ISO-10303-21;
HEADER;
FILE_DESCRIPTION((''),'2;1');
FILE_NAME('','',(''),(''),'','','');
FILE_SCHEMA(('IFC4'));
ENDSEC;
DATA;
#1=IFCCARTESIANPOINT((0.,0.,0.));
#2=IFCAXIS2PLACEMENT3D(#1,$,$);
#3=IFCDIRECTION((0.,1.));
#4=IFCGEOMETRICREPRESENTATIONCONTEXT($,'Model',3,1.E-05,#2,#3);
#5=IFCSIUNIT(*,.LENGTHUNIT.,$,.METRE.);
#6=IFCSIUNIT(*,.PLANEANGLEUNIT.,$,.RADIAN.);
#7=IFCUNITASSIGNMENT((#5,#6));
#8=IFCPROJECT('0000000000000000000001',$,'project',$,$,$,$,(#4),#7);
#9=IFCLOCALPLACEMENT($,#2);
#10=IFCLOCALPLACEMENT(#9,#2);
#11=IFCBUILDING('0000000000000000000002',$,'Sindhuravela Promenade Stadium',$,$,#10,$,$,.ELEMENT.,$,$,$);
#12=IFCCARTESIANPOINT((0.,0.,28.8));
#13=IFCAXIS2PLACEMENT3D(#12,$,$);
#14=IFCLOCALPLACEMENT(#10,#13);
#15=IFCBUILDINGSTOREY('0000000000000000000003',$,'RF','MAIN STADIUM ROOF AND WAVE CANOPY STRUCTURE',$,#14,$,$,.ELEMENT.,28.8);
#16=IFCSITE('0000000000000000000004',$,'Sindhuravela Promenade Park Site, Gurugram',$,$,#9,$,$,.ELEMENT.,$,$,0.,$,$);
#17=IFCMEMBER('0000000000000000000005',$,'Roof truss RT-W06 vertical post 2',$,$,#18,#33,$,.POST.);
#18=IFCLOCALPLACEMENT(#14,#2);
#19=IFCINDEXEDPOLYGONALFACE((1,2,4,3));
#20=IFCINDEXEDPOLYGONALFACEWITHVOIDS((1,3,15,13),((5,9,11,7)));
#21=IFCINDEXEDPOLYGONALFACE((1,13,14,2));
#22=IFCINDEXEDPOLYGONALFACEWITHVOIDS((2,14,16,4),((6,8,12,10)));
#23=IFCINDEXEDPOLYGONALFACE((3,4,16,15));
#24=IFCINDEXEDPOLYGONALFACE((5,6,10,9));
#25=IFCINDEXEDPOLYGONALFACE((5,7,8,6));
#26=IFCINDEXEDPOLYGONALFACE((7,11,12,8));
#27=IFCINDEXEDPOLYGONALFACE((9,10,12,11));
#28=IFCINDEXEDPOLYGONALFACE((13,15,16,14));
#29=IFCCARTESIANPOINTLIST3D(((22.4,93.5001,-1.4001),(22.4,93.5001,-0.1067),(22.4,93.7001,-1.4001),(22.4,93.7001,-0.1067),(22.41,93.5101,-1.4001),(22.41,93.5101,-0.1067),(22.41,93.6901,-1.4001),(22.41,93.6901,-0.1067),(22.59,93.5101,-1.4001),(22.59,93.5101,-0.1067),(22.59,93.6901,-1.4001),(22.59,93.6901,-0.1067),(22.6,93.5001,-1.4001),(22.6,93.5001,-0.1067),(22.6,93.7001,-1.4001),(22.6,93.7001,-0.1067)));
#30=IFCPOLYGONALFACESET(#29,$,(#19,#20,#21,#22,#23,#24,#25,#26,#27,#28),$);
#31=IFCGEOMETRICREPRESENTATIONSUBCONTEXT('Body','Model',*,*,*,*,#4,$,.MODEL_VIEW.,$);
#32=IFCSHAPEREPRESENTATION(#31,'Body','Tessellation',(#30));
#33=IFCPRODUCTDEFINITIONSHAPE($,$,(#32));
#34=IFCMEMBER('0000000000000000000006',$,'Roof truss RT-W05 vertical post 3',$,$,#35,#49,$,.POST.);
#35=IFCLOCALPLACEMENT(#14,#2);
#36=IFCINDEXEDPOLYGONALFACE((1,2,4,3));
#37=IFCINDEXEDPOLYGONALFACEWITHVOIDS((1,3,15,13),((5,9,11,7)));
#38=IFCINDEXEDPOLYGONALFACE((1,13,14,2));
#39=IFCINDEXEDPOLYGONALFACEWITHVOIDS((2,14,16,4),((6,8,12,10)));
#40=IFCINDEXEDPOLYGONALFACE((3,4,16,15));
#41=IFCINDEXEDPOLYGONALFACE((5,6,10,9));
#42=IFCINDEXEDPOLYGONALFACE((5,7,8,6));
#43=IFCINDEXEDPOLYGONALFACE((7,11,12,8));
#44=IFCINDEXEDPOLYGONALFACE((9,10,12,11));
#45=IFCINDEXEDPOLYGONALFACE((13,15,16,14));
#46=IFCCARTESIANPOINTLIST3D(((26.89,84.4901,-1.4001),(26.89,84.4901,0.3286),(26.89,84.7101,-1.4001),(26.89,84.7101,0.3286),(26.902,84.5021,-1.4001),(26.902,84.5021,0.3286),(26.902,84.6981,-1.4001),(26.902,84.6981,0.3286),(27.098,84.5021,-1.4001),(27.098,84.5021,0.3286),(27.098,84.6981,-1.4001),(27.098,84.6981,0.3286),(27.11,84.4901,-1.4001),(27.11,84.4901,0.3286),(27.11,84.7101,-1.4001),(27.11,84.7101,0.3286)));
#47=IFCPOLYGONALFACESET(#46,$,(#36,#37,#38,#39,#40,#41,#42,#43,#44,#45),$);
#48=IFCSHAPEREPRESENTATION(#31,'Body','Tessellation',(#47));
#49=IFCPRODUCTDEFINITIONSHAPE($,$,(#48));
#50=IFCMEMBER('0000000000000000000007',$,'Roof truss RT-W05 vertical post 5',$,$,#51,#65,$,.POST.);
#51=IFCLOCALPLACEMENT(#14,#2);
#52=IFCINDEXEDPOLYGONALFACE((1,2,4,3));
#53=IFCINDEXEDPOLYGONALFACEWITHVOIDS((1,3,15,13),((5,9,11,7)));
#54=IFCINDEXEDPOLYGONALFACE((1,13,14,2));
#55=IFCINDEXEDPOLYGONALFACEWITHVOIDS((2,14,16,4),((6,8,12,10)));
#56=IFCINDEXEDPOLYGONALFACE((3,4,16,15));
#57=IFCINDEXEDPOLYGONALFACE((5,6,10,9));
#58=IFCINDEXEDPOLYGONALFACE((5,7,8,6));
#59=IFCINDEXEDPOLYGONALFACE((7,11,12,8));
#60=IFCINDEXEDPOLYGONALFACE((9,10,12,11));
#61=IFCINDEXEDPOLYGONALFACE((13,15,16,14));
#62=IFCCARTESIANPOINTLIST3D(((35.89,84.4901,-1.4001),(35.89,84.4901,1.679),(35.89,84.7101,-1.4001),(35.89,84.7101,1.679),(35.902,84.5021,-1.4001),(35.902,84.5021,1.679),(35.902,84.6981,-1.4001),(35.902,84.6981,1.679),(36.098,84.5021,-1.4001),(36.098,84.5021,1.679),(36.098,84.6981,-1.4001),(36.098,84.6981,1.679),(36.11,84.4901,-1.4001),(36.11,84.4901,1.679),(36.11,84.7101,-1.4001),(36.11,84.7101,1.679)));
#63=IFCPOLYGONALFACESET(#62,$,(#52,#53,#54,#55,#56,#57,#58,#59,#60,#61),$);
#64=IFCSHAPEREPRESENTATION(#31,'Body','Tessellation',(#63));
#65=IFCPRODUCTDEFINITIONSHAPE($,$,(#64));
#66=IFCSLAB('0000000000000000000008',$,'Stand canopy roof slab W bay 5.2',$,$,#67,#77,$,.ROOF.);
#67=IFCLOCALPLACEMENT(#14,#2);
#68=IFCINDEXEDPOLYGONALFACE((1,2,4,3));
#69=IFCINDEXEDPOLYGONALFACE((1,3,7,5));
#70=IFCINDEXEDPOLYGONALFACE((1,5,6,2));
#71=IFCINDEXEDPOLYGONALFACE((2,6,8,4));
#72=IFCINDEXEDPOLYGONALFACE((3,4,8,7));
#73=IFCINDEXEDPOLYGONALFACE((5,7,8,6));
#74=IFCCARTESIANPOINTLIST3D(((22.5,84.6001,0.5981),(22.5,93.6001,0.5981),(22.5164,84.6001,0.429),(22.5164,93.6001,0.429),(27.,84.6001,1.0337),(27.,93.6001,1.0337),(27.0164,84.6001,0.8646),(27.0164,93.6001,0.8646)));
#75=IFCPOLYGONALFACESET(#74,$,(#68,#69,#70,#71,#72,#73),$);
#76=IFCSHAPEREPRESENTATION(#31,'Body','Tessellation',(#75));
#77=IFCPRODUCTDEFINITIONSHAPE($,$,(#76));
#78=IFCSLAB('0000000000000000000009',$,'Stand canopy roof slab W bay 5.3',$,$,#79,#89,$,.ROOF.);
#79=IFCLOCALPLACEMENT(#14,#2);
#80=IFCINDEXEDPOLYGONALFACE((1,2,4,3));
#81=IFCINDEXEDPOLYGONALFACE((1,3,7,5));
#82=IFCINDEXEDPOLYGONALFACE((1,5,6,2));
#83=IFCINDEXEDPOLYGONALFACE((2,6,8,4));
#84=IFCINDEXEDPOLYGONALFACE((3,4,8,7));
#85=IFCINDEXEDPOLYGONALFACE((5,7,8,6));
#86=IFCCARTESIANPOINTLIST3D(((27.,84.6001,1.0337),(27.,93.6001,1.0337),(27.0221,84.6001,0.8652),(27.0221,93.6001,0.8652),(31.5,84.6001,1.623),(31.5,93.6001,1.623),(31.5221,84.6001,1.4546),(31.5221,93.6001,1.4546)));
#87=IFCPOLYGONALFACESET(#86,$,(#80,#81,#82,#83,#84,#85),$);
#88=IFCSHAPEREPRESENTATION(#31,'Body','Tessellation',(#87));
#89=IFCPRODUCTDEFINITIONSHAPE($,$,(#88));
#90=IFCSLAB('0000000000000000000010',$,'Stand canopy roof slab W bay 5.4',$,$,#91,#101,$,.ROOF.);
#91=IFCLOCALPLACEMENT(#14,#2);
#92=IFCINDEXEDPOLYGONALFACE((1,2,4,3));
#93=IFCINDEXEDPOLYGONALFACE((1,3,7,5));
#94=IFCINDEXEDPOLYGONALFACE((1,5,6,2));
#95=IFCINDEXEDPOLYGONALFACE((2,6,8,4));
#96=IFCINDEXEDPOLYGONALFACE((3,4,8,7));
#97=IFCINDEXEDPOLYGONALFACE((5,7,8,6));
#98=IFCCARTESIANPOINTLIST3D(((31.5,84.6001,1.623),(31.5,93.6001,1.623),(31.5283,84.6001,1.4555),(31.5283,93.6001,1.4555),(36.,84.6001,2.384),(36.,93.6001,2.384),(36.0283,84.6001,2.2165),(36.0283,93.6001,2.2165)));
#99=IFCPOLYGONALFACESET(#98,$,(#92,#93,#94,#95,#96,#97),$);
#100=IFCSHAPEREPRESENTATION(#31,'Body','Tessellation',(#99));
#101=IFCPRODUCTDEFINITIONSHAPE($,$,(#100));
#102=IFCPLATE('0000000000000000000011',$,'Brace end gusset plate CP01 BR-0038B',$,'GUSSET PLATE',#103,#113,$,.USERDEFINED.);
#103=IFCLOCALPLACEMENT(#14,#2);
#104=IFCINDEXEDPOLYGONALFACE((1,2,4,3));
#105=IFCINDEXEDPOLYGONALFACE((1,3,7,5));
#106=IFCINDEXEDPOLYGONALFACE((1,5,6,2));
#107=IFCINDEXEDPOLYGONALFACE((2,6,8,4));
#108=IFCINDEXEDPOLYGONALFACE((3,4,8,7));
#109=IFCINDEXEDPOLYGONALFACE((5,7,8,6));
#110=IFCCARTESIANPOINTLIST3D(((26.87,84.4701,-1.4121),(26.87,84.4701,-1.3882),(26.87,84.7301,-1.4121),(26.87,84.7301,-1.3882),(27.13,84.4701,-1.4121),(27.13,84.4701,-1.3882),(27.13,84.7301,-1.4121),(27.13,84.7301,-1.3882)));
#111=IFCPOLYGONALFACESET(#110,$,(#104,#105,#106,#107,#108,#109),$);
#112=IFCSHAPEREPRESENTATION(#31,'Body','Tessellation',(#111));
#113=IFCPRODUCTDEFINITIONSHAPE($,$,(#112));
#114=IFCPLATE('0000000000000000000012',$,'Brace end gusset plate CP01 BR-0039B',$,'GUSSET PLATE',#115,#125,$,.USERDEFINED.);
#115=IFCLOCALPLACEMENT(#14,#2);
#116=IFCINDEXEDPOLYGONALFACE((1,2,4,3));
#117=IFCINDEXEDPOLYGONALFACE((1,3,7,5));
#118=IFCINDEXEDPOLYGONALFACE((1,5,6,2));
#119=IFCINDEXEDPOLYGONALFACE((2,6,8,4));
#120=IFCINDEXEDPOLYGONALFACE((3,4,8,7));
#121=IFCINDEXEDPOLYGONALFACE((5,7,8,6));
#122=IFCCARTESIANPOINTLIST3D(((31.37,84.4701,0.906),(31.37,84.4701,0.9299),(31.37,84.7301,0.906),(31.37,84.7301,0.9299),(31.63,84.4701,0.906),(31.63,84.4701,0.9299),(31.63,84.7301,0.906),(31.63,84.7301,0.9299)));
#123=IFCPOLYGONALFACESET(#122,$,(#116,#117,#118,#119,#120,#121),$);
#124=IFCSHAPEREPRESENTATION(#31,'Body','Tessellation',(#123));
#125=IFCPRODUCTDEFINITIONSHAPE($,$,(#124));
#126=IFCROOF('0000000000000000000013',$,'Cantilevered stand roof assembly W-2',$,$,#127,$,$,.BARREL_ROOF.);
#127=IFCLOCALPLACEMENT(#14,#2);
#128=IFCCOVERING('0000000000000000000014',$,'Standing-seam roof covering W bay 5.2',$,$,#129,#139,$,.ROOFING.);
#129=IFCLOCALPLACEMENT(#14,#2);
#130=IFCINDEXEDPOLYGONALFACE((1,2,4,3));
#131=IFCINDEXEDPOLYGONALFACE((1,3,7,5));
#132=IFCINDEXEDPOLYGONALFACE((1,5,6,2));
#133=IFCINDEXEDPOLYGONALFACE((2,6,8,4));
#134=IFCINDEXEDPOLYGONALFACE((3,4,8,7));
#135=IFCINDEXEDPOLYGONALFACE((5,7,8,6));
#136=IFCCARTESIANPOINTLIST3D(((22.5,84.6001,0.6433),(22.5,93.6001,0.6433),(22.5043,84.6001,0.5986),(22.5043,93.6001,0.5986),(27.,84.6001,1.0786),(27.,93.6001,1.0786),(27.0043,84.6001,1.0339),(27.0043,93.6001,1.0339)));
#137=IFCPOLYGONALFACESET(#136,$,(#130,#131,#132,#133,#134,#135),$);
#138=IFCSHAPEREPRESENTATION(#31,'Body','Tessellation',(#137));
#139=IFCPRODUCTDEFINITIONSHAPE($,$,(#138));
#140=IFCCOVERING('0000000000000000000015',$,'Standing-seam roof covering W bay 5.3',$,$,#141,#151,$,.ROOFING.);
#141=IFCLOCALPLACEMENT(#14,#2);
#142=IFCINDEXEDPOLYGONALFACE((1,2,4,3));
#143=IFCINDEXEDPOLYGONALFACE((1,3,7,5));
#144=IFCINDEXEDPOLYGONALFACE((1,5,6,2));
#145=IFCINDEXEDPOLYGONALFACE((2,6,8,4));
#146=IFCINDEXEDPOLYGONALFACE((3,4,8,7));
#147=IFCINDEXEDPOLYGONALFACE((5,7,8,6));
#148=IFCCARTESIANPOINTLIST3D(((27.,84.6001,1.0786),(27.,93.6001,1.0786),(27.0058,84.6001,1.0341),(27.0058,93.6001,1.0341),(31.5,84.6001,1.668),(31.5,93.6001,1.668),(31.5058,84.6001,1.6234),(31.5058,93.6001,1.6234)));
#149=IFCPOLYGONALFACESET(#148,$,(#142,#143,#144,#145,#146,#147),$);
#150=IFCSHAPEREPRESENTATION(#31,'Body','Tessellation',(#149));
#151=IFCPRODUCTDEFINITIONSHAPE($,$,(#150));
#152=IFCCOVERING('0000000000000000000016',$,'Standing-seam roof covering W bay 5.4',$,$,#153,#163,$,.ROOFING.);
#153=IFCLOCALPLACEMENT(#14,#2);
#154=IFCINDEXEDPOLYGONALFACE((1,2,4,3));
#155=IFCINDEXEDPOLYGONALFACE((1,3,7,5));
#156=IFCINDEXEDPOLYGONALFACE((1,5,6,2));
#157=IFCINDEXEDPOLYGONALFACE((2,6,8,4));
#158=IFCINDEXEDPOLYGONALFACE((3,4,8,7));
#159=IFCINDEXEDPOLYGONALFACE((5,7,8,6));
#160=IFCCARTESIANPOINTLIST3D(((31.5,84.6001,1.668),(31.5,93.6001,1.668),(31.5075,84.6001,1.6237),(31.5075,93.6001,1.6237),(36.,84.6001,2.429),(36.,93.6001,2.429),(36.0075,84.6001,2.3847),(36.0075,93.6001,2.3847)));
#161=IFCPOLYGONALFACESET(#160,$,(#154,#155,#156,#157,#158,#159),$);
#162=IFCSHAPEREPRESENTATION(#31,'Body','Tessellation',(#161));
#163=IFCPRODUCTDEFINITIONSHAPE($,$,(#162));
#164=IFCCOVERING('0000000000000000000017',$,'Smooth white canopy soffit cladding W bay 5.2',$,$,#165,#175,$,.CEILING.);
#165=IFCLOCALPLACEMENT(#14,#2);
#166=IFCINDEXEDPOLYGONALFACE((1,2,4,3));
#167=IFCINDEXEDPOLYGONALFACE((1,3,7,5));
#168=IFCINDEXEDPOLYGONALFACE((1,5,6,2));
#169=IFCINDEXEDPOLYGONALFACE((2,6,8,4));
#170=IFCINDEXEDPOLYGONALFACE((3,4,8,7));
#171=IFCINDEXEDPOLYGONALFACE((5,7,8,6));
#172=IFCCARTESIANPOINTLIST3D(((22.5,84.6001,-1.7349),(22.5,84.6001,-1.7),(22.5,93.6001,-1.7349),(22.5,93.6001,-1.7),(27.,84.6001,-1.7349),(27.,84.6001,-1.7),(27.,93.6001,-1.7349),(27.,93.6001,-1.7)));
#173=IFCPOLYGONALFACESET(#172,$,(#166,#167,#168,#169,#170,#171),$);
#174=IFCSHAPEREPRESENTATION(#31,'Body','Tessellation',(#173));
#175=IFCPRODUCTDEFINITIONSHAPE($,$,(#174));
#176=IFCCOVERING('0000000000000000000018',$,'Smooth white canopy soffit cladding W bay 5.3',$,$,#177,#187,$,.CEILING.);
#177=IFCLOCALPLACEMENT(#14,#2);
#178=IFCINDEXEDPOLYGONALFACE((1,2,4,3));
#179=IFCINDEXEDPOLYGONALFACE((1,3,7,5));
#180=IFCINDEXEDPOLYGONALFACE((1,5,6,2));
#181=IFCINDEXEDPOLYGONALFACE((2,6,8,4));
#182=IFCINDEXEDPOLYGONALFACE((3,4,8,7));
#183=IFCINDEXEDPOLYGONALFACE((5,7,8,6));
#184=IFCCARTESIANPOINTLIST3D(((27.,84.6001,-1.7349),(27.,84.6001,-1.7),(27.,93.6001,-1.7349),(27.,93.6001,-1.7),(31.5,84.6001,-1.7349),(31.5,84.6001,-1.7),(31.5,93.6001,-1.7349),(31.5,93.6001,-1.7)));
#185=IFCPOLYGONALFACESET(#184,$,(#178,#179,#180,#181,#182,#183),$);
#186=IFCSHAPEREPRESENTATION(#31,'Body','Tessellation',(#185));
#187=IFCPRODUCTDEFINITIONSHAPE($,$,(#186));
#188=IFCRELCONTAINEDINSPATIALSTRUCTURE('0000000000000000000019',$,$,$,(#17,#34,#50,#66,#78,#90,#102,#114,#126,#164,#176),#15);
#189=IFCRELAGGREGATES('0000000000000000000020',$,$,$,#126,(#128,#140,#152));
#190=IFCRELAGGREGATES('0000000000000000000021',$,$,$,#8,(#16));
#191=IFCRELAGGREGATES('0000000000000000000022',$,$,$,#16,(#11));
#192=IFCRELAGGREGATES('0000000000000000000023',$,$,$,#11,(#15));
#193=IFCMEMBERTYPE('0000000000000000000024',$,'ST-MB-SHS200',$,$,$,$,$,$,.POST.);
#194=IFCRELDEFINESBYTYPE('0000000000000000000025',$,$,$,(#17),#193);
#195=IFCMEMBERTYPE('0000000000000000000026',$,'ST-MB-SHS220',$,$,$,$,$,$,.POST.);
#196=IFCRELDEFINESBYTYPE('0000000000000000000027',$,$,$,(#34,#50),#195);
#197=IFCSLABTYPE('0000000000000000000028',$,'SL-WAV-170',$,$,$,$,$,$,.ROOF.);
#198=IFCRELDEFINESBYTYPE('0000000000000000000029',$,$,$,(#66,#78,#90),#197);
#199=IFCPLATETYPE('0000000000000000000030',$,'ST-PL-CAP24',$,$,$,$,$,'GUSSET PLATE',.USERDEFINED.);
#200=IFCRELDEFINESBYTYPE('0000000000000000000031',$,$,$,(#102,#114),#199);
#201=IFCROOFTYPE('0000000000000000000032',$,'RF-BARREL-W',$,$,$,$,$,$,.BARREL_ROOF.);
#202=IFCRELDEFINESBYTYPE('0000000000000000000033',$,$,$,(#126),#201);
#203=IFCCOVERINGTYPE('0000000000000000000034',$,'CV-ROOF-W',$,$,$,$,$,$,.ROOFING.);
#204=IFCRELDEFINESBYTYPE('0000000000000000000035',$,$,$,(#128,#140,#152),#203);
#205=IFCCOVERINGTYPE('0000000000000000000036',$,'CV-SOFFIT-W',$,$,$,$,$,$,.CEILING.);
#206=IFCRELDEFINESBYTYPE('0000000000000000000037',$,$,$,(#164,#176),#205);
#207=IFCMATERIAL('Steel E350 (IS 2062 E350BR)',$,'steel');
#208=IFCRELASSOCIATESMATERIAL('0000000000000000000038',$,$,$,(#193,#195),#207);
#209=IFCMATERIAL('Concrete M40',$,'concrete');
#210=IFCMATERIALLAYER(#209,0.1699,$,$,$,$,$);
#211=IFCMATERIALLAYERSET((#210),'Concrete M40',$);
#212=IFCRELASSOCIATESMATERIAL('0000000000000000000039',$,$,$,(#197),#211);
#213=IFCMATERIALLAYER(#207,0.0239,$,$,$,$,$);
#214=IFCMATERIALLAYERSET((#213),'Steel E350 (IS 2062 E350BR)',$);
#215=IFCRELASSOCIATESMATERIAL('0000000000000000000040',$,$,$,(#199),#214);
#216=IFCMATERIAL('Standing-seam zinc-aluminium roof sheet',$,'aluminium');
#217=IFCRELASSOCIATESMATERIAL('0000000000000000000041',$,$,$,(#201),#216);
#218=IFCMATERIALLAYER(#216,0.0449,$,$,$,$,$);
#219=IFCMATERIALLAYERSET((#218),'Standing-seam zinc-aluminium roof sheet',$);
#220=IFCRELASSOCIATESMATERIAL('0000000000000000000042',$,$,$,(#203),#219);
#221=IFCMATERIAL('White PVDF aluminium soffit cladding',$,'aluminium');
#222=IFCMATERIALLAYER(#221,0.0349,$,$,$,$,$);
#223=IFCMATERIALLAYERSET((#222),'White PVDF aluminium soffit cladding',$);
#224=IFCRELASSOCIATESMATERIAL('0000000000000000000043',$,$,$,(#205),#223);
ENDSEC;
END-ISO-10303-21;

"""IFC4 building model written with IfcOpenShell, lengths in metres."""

from ifc_helpers import new_model, si_unit, direction, frame, origin, origin_2d, place, context, subcontext, project, spatial, polyline, rectangle, hollow_rectangle, outline, extrude, material, layer, layer_set, material_profile, profile_set, type_object, element, aggregate, save


model = new_model("IFC4")

# Units and contexts
model_context = context("Model", 3, precision=1e-05, world=origin(), true_north=direction((0.0, 1.0)))
body_context = subcontext(model_context, "Body", "Model", "MODEL_VIEW")
ifc_project = project(units=[si_unit("LENGTHUNIT", "METRE"), si_unit("PLANEANGLEUNIT", "RADIAN")], contexts=[model_context])

# Site, building, storey
site_placement = place(None, origin())
site = spatial("IfcSite", under=ifc_project, at=site_placement, Name="Sindhuravela Promenade Park Site, Gurugram", CompositionType="ELEMENT", RefElevation=0.0)
building_placement = place(site_placement, origin())
building = spatial("IfcBuilding", under=site, at=building_placement, Name="Sindhuravela Promenade Stadium", CompositionType="ELEMENT")
storey_placement = place(building_placement, frame((0.0, 0.0, 28.8)))
storey = spatial("IfcBuildingStorey", under=building, at=storey_placement, Name="RF", Description="MAIN STADIUM ROOF AND WAVE CANOPY STRUCTURE", CompositionType="ELEMENT", Elevation=28.8)

# Shared definitions
ifc_material_1 = material(Name="Steel E350 (IS 2062 E350BR)", Category="steel")

# Members
ifc_material_profile_1 = material_profile(ifc_material_1, hollow_rectangle(XDim=0.2, YDim=0.2, WallThickness=0.01, at=origin_2d()), Name="SHS 200x200x10")
ifc_profile_set_1 = profile_set([ifc_material_profile_1], Name="Steel E350 (IS 2062 E350BR)")
member_type_1 = type_object("IfcMemberType", Name="ST-MB-SHS200", PredefinedType="POST", material=ifc_profile_set_1)
member_1_placement = place(storey_placement, frame((22.5, 93.6001, -1.4001), z_axis=(0.0, 0.0, 1.0), x_axis=(1.0, 0.0, 0.0)))
element("IfcMember", 1, at=member_1_placement, inside=storey, type_object=member_type_1, Name="Roof truss RT-W06 vertical post 2", PredefinedType="POST", context=body_context, shape_type="SweptSolid", body=[
    extrude(hollow_rectangle(XDim=0.2, YDim=0.2, WallThickness=0.01, at=origin_2d()), origin(), (0.0, 0.0, 1.0), 1.2935),
])
ifc_material_profile_2 = material_profile(ifc_material_1, hollow_rectangle(XDim=0.22, YDim=0.22, WallThickness=0.012, at=origin_2d()), Name="SHS 220x220x12")
ifc_profile_set_2 = profile_set([ifc_material_profile_2], Name="Steel E350 (IS 2062 E350BR)")
member_type_2 = type_object("IfcMemberType", Name="ST-MB-SHS220", PredefinedType="POST", material=ifc_profile_set_2)
member_2_placement = place(storey_placement, frame((27.0, 84.6001, -1.4001), z_axis=(0.0, 0.0, 1.0), x_axis=(1.0, 0.0, 0.0)))
element("IfcMember", 2, at=member_2_placement, inside=storey, type_object=member_type_2, Name="Roof truss RT-W05 vertical post 3", PredefinedType="POST", context=body_context, shape_type="SweptSolid", body=[
    extrude(hollow_rectangle(XDim=0.22, YDim=0.22, WallThickness=0.012, at=origin_2d()), origin(), (0.0, 0.0, 1.0), 1.7288),
])
member_3_placement = place(storey_placement, frame((36.0, 84.6001, -1.4001), z_axis=(0.0, 0.0, 1.0), x_axis=(1.0, 0.0, 0.0)))
element("IfcMember", 3, at=member_3_placement, inside=storey, type_object=member_type_2, Name="Roof truss RT-W05 vertical post 5", PredefinedType="POST", context=body_context, shape_type="SweptSolid", body=[
    extrude(hollow_rectangle(XDim=0.22, YDim=0.22, WallThickness=0.012, at=origin_2d()), origin(), (0.0, 0.0, 1.0), 3.0791),
])

# Slabs
ifc_material_2 = material(Name="Concrete M40", Category="concrete")
ifc_layer_1 = layer(ifc_material_2, 0.1699)
ifc_layer_set_1 = layer_set([ifc_layer_1], Name="Concrete M40")
slab_type = type_object("IfcSlabType", Name="SL-WAV-170", PredefinedType="ROOF", material=ifc_layer_set_1)
slab_1_placement = place(storey_placement, frame((22.5, 84.6001, 0.5981), z_axis=(-0.096338, 0.0, 0.995349), x_axis=(0.0, 1.0, 0.0)))
element("IfcSlab", 4, at=slab_1_placement, inside=storey, type_object=slab_type, Name="Stand canopy roof slab W bay 5.2", PredefinedType="ROOF", context=body_context, shape_type="SweptSolid", body=[
    extrude(outline(polyline([(0.0, 0.0), (0.0, -4.521), (9.0, -4.521), (9.0, 0.0), (0.0, 0.0)])), origin(), (0.0, 0.0, -1.0), 0.1699),
])
slab_2_placement = place(storey_placement, frame((27.0, 84.6001, 1.0337), z_axis=(-0.129859, 0.0, 0.991532), x_axis=(0.0, 1.0, 0.0)))
element("IfcSlab", 5, at=slab_2_placement, inside=storey, type_object=slab_type, Name="Stand canopy roof slab W bay 5.3", PredefinedType="ROOF", context=body_context, shape_type="SweptSolid", body=[
    extrude(outline(polyline([(0.0, 0.0), (0.0, -4.5384), (9.0, -4.5384), (9.0, 0.0), (0.0, 0.0)])), origin(), (0.0, 0.0, -1.0), 0.1699),
])
slab_3_placement = place(storey_placement, frame((31.5, 84.6001, 1.623), z_axis=(-0.166741, 0.0, 0.986001), x_axis=(0.0, 1.0, 0.0)))
element("IfcSlab", 6, at=slab_3_placement, inside=storey, type_object=slab_type, Name="Stand canopy roof slab W bay 5.4", PredefinedType="ROOF", context=body_context, shape_type="SweptSolid", body=[
    extrude(outline(polyline([(0.0, 0.0), (0.0, -4.5639), (9.0, -4.5639), (9.0, 0.0), (0.0, 0.0)])), origin(), (0.0, 0.0, -1.0), 0.1699),
])

# Plates
ifc_layer_2 = layer(ifc_material_1, 0.0239)
ifc_layer_set_2 = layer_set([ifc_layer_2], Name="Steel E350 (IS 2062 E350BR)")
plate_type = type_object("IfcPlateType", Name="ST-PL-CAP24", ElementType="GUSSET PLATE", PredefinedType="USERDEFINED", material=ifc_layer_set_2)
for number, where, z_axis, x_axis, name in (
    (7, (27.0, 84.6001, -1.4121), (0.0, 0.0, 1.0), (1.0, 0.0, 0.0), "Brace end gusset plate CP01 BR-0038B"),
    (8, (31.5, 84.6001, 0.906), (0.0, 0.0, 1.0), (1.0, 0.0, 0.0), "Brace end gusset plate CP01 BR-0039B"),
):
    element("IfcPlate", number, at=place(storey_placement, frame(where, z_axis=z_axis, x_axis=x_axis)), inside=storey, type_object=plate_type, Name=name, ObjectType="GUSSET PLATE", PredefinedType="USERDEFINED", context=body_context, shape_type="SweptSolid", body=[
        extrude(rectangle(XDim=0.26, YDim=0.26, at=origin_2d()), origin(), (0.0, 0.0, 1.0), 0.0239),
    ])

# Roof, coverings
ifc_material_3 = material(Name="Standing-seam zinc-aluminium roof sheet", Category="aluminium")
roof_type = type_object("IfcRoofType", Name="RF-BARREL-W", PredefinedType="BARREL_ROOF", material=ifc_material_3)
roof_placement = place(storey_placement, origin())
roof = element("IfcRoof", 9, at=roof_placement, inside=storey, type_object=roof_type, Name="Cantilevered stand roof assembly W-2", PredefinedType="BARREL_ROOF")
ifc_layer_3 = layer(ifc_material_3, 0.0449)
ifc_layer_set_3 = layer_set([ifc_layer_3], Name="Standing-seam zinc-aluminium roof sheet")
covering_type_1 = type_object("IfcCoveringType", Name="CV-ROOF-W", PredefinedType="ROOFING", material=ifc_layer_set_3)
covering_1_placement = place(storey_placement, frame((22.5, 84.6001, 0.6433), z_axis=(-0.096285, 0.0, 0.995354), x_axis=(0.0, 1.0, 0.0)))
covering_1 = element("IfcCovering", 10, at=covering_1_placement, type_object=covering_type_1, Name="Standing-seam roof covering W bay 5.2", PredefinedType="ROOFING", context=body_context, shape_type="SweptSolid", body=[
    extrude(outline(polyline([(0.0, 0.0), (0.0, -4.521), (9.0, -4.521), (9.0, 0.0), (0.0, 0.0)])), origin(), (0.0, 0.0, -1.0), 0.0449),
])
covering_2_placement = place(storey_placement, frame((27.0, 84.6001, 1.0786), z_axis=(-0.129859, 0.0, 0.991532), x_axis=(0.0, 1.0, 0.0)))
covering_2 = element("IfcCovering", 11, at=covering_2_placement, type_object=covering_type_1, Name="Standing-seam roof covering W bay 5.3", PredefinedType="ROOFING", context=body_context, shape_type="SweptSolid", body=[
    extrude(outline(polyline([(0.0, 0.0), (0.0, -4.5384), (9.0, -4.5384), (9.0, 0.0), (0.0, 0.0)])), origin(), (0.0, 0.0, -1.0), 0.0449),
])
covering_3_placement = place(storey_placement, frame((31.5, 84.6001, 1.668), z_axis=(-0.166741, 0.0, 0.986001), x_axis=(0.0, 1.0, 0.0)))
covering_3 = element("IfcCovering", 12, at=covering_3_placement, type_object=covering_type_1, Name="Standing-seam roof covering W bay 5.4", PredefinedType="ROOFING", context=body_context, shape_type="SweptSolid", body=[
    extrude(outline(polyline([(0.0, 0.0), (0.0, -4.5639), (9.0, -4.5639), (9.0, 0.0), (0.0, 0.0)])), origin(), (0.0, 0.0, -1.0), 0.0449),
])
aggregate(roof, [covering_1, covering_2, covering_3])

# Coverings
ifc_material_4 = material(Name="White PVDF aluminium soffit cladding", Category="aluminium")
ifc_layer_4 = layer(ifc_material_4, 0.0349)
ifc_layer_set_4 = layer_set([ifc_layer_4], Name="White PVDF aluminium soffit cladding")
covering_type_2 = type_object("IfcCoveringType", Name="CV-SOFFIT-W", PredefinedType="CEILING", material=ifc_layer_set_4)
for number, where, z_axis, x_axis, name in (
    (13, (22.5, 84.6001, -1.7), (0.0, 0.0, 1.0), (0.0, 1.0, 0.0), "Smooth white canopy soffit cladding W bay 5.2"),
    (14, (27.0, 84.6001, -1.7), (0.0, 0.0, 1.0), (0.0, 1.0, 0.0), "Smooth white canopy soffit cladding W bay 5.3"),
):
    element("IfcCovering", number, at=place(storey_placement, frame(where, z_axis=z_axis, x_axis=x_axis)), inside=storey, type_object=covering_type_2, Name=name, PredefinedType="CEILING", context=body_context, shape_type="SweptSolid", body=[
        extrude(outline(polyline([(0.0, 0.0), (0.0, -4.5), (9.0, -4.5), (9.0, 0.0), (0.0, 0.0)])), origin(), (0.0, 0.0, -1.0), 0.0349),
    ])

save(model, "model.ifc")
